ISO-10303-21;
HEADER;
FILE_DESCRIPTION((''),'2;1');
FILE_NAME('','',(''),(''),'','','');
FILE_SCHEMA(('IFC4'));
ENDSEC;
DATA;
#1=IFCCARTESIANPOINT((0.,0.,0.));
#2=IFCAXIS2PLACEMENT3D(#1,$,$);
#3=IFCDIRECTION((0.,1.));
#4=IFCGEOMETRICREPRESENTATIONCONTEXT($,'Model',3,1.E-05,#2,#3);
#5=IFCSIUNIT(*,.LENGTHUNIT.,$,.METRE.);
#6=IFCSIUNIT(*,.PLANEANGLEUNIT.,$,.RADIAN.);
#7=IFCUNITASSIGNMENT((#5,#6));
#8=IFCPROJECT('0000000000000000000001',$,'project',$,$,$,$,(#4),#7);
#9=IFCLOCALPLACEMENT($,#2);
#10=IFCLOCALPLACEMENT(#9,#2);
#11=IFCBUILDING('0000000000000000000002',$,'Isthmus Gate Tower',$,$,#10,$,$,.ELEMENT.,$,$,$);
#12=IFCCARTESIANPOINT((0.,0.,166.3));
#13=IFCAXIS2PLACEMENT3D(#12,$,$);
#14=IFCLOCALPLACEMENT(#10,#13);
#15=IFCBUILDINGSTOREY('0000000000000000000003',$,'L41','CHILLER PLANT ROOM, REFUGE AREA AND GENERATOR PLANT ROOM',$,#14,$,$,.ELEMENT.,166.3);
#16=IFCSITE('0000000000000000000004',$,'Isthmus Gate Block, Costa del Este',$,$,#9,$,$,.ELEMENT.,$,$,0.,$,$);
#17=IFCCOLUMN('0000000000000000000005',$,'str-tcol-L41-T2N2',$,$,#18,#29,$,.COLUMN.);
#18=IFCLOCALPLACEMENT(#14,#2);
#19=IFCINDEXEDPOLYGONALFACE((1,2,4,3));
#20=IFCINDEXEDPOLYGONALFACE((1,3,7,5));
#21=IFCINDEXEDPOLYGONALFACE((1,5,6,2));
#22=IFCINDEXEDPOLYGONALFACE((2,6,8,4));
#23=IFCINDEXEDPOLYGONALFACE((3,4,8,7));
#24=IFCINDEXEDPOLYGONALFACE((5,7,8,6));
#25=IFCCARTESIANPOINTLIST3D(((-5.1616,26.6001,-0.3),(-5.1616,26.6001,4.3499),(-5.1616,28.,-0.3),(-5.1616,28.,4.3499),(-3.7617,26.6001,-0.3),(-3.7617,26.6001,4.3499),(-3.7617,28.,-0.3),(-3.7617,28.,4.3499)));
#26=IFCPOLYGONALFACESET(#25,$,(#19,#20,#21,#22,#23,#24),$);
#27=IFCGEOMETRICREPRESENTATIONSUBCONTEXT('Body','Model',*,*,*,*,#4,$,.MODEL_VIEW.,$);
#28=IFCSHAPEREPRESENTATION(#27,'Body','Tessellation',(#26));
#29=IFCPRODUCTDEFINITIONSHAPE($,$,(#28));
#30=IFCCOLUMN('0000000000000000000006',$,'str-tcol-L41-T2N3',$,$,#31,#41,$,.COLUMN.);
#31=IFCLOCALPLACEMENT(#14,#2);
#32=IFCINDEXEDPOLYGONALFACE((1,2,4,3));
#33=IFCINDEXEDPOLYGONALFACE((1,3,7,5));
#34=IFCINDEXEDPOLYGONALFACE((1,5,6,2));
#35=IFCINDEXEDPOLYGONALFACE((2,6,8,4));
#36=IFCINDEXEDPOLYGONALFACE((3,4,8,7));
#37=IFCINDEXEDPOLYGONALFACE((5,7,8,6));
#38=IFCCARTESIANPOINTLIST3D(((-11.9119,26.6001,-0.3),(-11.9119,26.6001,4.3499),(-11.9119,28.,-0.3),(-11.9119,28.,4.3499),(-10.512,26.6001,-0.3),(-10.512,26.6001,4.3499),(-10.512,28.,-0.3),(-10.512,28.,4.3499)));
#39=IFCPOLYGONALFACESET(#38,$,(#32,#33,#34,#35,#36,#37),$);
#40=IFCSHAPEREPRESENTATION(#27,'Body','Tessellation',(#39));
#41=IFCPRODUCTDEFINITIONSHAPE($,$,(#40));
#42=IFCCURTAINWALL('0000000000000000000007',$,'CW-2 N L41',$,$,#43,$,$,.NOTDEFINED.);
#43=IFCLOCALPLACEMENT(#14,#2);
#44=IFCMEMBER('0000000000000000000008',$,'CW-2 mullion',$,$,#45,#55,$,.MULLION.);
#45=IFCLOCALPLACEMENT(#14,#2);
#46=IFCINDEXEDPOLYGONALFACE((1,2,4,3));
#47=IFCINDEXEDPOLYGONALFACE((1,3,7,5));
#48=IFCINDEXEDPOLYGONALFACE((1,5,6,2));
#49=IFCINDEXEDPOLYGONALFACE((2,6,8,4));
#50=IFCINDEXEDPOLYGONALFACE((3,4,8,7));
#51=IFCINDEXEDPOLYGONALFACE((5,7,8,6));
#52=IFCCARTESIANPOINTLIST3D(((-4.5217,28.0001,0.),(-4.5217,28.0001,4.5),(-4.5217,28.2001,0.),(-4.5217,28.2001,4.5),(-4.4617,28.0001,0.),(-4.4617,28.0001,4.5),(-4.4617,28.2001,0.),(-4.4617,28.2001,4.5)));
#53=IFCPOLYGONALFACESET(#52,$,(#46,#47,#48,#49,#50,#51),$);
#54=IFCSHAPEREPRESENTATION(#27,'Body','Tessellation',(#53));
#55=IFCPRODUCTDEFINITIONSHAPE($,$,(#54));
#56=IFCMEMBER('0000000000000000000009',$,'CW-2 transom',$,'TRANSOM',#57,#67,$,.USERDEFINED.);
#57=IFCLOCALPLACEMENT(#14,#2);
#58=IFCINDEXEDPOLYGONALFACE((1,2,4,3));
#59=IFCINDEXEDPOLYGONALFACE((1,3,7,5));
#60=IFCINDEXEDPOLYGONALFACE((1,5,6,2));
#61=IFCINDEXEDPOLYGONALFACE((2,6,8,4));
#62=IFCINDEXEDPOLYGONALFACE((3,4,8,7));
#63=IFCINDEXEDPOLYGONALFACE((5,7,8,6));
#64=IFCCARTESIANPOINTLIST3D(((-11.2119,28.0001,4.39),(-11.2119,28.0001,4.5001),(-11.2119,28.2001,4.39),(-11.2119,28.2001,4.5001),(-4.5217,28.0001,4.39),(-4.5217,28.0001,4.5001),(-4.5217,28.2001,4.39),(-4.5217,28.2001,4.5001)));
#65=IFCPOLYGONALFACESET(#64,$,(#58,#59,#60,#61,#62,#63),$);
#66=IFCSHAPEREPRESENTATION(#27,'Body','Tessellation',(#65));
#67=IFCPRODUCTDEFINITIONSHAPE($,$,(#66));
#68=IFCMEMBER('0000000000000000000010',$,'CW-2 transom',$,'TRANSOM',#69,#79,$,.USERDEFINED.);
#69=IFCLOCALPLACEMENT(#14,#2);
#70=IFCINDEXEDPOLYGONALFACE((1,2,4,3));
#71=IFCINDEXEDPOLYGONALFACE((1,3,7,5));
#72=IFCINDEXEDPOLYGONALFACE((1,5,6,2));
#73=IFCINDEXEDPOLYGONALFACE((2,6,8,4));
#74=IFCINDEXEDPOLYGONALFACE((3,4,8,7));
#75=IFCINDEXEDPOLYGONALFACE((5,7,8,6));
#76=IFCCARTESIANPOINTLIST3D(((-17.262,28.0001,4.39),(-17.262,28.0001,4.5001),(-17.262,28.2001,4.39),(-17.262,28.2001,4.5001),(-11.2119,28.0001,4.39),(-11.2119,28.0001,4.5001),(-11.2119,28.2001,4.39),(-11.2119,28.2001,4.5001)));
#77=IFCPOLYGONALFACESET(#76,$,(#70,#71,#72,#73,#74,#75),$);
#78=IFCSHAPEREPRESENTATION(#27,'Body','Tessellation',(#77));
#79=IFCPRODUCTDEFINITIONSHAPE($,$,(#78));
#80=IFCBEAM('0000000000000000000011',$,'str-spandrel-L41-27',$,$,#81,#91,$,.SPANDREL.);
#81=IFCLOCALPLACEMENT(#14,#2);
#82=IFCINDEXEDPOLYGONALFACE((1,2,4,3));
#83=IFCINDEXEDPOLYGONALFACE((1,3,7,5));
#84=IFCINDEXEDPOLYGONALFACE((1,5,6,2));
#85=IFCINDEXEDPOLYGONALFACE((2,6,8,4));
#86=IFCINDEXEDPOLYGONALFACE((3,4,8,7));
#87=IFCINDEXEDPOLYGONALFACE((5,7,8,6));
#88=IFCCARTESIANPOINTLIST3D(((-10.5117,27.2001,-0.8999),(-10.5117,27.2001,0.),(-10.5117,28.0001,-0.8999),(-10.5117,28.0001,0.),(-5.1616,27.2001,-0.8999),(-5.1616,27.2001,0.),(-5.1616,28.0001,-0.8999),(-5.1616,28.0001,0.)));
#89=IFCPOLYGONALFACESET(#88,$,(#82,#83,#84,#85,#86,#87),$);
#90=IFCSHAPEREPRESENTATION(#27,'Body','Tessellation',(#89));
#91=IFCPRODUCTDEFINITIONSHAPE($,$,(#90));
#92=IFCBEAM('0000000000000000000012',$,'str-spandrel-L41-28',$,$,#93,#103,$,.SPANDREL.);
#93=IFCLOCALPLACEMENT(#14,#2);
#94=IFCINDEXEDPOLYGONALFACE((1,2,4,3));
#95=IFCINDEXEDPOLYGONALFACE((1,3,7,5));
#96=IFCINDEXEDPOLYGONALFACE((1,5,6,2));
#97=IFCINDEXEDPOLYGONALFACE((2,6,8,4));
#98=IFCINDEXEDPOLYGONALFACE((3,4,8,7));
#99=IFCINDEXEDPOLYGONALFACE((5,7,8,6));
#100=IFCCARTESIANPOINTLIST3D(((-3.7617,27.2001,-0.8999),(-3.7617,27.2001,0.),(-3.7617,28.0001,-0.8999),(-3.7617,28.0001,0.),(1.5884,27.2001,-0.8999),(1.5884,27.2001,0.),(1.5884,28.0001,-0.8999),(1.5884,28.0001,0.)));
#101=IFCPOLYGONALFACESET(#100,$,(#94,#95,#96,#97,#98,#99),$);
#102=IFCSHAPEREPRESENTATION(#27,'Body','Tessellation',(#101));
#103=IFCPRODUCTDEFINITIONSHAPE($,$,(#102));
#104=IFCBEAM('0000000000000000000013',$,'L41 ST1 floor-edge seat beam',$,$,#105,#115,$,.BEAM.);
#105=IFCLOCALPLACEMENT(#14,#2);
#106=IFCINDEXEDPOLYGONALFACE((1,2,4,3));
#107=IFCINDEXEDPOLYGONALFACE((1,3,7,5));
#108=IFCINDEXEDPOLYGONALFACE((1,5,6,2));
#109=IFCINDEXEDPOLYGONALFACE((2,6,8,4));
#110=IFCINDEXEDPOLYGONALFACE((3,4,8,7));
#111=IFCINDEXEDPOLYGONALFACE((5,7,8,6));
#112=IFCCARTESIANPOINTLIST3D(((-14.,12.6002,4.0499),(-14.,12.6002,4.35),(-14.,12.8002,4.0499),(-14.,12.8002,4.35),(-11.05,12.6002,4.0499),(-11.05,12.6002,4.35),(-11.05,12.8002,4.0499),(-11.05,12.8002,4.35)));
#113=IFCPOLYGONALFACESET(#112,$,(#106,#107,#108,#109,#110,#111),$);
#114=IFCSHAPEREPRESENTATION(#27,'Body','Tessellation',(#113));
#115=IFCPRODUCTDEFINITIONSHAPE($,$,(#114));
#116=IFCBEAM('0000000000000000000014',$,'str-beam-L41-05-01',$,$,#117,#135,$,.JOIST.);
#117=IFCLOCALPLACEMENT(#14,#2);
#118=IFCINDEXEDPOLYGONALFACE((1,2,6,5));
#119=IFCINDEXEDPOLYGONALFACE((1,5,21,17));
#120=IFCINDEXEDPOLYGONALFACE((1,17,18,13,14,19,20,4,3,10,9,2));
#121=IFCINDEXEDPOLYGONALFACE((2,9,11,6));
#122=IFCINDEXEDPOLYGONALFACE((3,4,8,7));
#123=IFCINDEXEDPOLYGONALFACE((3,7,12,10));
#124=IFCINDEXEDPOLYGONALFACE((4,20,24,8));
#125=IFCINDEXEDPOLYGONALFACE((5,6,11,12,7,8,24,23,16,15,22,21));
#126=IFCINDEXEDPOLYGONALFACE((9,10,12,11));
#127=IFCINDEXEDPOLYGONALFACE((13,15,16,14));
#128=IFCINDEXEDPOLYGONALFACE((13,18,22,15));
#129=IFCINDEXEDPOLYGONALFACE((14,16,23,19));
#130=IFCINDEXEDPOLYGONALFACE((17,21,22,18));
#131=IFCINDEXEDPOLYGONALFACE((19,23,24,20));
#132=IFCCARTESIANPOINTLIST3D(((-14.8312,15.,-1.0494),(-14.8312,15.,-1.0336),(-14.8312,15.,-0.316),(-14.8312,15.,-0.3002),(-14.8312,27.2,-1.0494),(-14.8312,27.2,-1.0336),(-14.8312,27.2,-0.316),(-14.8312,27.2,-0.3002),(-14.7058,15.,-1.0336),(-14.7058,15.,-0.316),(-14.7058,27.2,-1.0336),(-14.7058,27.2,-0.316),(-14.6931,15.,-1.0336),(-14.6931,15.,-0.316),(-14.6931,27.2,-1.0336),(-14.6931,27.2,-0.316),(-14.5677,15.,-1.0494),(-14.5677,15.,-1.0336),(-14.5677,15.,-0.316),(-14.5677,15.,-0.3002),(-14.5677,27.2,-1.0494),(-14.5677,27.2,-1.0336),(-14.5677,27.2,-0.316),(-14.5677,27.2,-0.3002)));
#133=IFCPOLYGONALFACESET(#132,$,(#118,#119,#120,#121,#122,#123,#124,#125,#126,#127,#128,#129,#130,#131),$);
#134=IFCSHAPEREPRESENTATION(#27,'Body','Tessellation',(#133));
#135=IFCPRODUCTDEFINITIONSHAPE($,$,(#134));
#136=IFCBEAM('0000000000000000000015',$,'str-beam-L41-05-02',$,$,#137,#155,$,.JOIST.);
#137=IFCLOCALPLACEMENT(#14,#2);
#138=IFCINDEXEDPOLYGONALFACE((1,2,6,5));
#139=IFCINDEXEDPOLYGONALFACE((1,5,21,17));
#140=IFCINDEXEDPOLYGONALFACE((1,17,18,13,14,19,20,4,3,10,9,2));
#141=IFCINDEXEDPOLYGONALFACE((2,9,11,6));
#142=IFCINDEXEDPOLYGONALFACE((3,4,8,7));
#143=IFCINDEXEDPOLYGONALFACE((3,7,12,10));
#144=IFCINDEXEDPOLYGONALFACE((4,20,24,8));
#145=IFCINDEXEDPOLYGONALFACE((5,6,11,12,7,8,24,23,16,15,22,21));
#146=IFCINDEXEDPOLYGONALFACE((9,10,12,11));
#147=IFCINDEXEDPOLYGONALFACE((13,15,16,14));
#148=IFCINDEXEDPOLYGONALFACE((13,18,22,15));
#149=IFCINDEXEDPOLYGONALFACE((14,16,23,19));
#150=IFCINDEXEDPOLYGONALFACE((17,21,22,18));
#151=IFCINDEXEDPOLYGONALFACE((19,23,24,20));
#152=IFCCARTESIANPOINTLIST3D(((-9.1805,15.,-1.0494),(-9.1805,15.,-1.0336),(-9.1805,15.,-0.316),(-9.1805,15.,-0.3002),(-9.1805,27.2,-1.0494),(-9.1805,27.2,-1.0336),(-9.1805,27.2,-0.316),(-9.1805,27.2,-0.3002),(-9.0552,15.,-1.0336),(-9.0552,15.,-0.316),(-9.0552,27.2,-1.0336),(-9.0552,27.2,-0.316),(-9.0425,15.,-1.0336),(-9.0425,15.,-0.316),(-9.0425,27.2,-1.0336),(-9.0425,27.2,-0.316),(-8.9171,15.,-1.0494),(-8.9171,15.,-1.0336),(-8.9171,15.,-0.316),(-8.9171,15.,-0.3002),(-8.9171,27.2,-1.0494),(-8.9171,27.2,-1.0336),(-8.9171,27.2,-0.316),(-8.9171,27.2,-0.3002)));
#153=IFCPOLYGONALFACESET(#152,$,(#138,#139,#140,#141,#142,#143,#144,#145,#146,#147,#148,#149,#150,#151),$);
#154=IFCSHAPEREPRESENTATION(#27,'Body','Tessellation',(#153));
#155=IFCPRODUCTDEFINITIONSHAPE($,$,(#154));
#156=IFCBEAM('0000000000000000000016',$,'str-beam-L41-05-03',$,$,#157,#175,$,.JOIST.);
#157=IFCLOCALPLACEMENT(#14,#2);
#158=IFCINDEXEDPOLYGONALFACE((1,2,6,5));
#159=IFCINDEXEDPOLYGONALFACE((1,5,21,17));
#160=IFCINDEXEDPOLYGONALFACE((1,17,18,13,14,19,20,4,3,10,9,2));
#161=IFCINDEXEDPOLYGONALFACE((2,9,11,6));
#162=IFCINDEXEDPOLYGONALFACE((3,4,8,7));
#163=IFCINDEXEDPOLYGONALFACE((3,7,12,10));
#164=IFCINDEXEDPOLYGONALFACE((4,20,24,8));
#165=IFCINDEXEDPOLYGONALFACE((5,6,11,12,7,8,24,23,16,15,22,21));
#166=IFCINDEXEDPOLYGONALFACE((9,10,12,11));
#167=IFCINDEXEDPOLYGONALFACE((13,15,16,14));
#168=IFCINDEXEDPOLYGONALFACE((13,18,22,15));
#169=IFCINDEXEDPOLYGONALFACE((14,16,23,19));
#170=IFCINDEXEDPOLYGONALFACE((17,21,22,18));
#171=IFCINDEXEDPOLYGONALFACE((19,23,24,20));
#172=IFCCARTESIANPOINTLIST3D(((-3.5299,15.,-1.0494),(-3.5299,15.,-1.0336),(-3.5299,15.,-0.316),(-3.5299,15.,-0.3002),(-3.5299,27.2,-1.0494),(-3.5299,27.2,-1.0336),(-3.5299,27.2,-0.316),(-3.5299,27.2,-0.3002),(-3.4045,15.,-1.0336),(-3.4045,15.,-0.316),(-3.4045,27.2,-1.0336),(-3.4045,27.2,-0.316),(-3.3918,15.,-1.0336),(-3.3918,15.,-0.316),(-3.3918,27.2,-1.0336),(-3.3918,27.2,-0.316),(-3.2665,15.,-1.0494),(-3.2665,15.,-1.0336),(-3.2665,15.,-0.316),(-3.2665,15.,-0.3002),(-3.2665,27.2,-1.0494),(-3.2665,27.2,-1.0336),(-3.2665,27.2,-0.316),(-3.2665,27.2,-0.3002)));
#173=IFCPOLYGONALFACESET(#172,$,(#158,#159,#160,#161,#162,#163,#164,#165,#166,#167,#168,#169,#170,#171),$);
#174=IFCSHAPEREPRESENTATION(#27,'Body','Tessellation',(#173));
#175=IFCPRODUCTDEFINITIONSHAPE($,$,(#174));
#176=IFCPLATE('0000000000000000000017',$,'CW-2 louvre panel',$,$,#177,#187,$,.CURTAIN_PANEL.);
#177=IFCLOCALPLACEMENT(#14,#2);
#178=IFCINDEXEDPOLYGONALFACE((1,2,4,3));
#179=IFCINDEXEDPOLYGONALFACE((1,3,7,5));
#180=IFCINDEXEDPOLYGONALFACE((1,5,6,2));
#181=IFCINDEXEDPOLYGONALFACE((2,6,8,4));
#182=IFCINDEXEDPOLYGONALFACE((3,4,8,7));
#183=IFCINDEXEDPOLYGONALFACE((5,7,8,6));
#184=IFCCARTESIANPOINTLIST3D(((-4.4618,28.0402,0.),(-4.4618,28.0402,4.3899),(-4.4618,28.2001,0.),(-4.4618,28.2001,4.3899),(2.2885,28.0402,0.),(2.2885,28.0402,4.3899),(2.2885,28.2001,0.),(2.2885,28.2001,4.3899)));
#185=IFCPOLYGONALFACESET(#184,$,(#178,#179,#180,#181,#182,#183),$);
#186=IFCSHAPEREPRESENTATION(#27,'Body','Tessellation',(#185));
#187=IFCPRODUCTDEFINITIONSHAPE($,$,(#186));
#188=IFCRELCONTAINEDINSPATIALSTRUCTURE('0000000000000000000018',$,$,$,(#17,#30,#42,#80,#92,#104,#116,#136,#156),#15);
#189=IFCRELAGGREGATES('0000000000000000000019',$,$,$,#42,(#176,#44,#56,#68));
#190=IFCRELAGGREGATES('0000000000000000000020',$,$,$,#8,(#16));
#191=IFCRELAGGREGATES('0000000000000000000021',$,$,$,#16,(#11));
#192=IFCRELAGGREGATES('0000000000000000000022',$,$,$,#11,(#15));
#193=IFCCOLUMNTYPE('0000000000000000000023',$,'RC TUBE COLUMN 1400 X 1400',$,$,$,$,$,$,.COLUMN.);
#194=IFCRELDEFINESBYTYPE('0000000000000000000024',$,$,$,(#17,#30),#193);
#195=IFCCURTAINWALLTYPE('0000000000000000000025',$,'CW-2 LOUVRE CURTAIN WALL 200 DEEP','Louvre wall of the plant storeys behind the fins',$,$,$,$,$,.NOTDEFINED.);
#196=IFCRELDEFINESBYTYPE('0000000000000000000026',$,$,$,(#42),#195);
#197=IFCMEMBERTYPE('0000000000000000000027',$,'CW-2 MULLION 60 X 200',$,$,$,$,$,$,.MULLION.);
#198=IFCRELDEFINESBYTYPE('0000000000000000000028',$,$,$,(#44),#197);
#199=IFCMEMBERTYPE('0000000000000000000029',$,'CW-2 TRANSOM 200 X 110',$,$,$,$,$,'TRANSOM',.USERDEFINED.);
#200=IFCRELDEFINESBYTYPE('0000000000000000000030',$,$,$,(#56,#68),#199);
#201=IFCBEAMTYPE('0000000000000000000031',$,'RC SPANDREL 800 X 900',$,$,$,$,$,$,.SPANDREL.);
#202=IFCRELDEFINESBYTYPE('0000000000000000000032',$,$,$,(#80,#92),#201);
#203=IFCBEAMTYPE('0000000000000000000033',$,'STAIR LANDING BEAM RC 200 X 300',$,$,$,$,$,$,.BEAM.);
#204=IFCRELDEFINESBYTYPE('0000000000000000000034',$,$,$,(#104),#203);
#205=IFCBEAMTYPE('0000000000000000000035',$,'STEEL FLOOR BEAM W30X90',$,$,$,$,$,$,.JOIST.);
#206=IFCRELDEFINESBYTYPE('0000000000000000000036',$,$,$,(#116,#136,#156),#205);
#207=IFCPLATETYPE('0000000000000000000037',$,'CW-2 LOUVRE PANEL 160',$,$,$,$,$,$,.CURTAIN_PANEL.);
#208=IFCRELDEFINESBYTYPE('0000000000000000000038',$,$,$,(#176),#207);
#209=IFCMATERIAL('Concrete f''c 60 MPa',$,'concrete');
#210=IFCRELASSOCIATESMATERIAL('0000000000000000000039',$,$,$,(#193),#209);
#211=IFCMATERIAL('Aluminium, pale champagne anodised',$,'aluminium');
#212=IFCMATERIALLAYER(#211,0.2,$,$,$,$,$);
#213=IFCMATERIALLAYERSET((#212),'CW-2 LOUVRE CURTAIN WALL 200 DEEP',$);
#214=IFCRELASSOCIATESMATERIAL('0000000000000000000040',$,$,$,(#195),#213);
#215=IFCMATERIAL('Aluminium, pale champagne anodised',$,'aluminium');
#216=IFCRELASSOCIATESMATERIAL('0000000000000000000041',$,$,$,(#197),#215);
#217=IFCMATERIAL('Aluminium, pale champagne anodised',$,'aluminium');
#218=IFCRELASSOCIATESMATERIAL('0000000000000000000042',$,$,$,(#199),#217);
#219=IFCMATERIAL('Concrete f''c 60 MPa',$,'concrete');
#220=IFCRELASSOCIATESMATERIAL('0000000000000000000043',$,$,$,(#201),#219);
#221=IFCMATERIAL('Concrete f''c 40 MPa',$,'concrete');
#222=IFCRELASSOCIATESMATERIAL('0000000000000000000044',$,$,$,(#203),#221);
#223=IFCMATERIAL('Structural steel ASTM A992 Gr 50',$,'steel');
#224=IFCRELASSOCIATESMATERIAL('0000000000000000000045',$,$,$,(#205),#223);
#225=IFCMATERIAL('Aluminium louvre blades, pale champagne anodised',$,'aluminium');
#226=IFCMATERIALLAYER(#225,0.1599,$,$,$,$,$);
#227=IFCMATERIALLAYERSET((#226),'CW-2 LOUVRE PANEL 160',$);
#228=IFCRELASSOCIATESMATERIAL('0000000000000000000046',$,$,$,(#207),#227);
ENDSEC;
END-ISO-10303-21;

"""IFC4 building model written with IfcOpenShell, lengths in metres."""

from ifc_helpers import new_model, si_unit, direction, frame, origin, origin_2d, place, context, subcontext, project, spatial, rectangle, i_section, extrude, material, layer, layer_set, material_profile, profile_set, type_object, element, aggregate, save


model = new_model("IFC4")

# Units and contexts
model_context = context("Model", 3, precision=1e-05, world=origin(), true_north=direction((0.0, 1.0)))
body_context = subcontext(model_context, "Body", "Model", "MODEL_VIEW")
ifc_project = project(units=[si_unit("LENGTHUNIT", "METRE"), si_unit("PLANEANGLEUNIT", "RADIAN")], contexts=[model_context])

# Site, building, storey
site_placement = place(None, origin())
site = spatial("IfcSite", under=ifc_project, at=site_placement, Name="Isthmus Gate Block, Costa del Este", CompositionType="ELEMENT", RefElevation=0.0)
building_placement = place(site_placement, origin())
building = spatial("IfcBuilding", under=site, at=building_placement, Name="Isthmus Gate Tower", CompositionType="ELEMENT")
storey_placement = place(building_placement, frame((0.0, 0.0, 166.3)))
storey = spatial("IfcBuildingStorey", under=building, at=storey_placement, Name="L41", Description="CHILLER PLANT ROOM, REFUGE AREA AND GENERATOR PLANT ROOM", CompositionType="ELEMENT", Elevation=166.3)

# Columns
ifc_material_1 = material(Name="Concrete f'c 60 MPa", Category="concrete")
ifc_material_profile_1 = material_profile(ifc_material_1, rectangle(XDim=1.3999, YDim=1.3999, at=origin_2d()), Name="RC 1400X1400")
ifc_profile_set_1 = profile_set([ifc_material_profile_1], Name="Concrete f'c 60 MPa")
column_type = type_object("IfcColumnType", Name="RC TUBE COLUMN 1400 X 1400", PredefinedType="COLUMN", material=ifc_profile_set_1)
for number, where, z_axis, x_axis, name in (
    (1, (-4.4617, 27.3, -0.3), (0.0, 0.0, 1.0), (-1.0, 0.0, 0.0), "str-tcol-L41-T2N2"),
    (2, (-11.2119, 27.3, -0.3), (0.0, 0.0, 1.0), (-1.0, 0.0, 0.0), "str-tcol-L41-T2N3"),
):
    element("IfcColumn", number, at=place(storey_placement, frame(where, z_axis=z_axis, x_axis=x_axis)), inside=storey, type_object=column_type, Name=name, PredefinedType="COLUMN", context=body_context, shape_type="SweptSolid", body=[
        extrude(rectangle(XDim=1.3999, YDim=1.3999, at=origin_2d()), origin(), (0.0, 0.0, 1.0), 4.6499),
    ])

# Curtain wall, members
ifc_material_2 = material(Name="Aluminium, pale champagne anodised", Category="aluminium")
ifc_layer_1 = layer(ifc_material_2, 0.2)
ifc_layer_set_1 = layer_set([ifc_layer_1], Name="CW-2 LOUVRE CURTAIN WALL 200 DEEP")
curtain_wall_type = type_object("IfcCurtainWallType", Name="CW-2 LOUVRE CURTAIN WALL 200 DEEP", Description="Louvre wall of the plant storeys behind the fins", PredefinedType="NOTDEFINED", material=ifc_layer_set_1)
curtain_wall_placement = place(storey_placement, origin())
curtain_wall = element("IfcCurtainWall", 3, at=curtain_wall_placement, inside=storey, type_object=curtain_wall_type, Name="CW-2 N L41", PredefinedType="NOTDEFINED")
ifc_material_3 = material(Name="Aluminium, pale champagne anodised", Category="aluminium")
ifc_material_profile_2 = material_profile(ifc_material_3, rectangle(XDim=0.0601, YDim=0.2, at=origin_2d()), Name="60x200")
ifc_profile_set_2 = profile_set([ifc_material_profile_2], Name="Aluminium, pale champagne anodised")
member_type_1 = type_object("IfcMemberType", Name="CW-2 MULLION 60 X 200", PredefinedType="MULLION", material=ifc_profile_set_2)
member_1_placement = place(storey_placement, frame((-4.4917, 28.1001, 0.0), z_axis=(0.0, 0.0, 1.0), x_axis=(-1.0, 0.0, 0.0)))
member_1 = element("IfcMember", 4, at=member_1_placement, type_object=member_type_1, Name="CW-2 mullion", PredefinedType="MULLION", context=body_context, shape_type="SweptSolid", body=[
    extrude(rectangle(XDim=0.0601, YDim=0.2, at=origin_2d()), origin(), (0.0, 0.0, 1.0), 4.5),
])
ifc_material_4 = material(Name="Aluminium, pale champagne anodised", Category="aluminium")
ifc_material_profile_3 = material_profile(ifc_material_4, rectangle(XDim=0.2, YDim=0.1101, at=origin_2d()), Name="200x110")
ifc_profile_set_3 = profile_set([ifc_material_profile_3], Name="Aluminium, pale champagne anodised")
member_type_2 = type_object("IfcMemberType", Name="CW-2 TRANSOM 200 X 110", ElementType="TRANSOM", PredefinedType="USERDEFINED", material=ifc_profile_set_3)
member_2_placement = place(storey_placement, frame((-4.5217, 28.1001, 4.4451), z_axis=(-1.0, 0.0, 0.0), x_axis=(0.0, -1.0, 0.0)))
member_2 = element("IfcMember", 5, at=member_2_placement, type_object=member_type_2, Name="CW-2 transom", ObjectType="TRANSOM", PredefinedType="USERDEFINED", context=body_context, shape_type="SweptSolid", body=[
    extrude(rectangle(XDim=0.2, YDim=0.1101, at=origin_2d()), origin(), (0.0, 0.0, 1.0), 6.6902),
])
member_3_placement = place(storey_placement, frame((-11.2119, 28.1001, 4.4451), z_axis=(-1.0, 0.0, 0.0), x_axis=(0.0, -1.0, 0.0)))
member_3 = element("IfcMember", 6, at=member_3_placement, type_object=member_type_2, Name="CW-2 transom", ObjectType="TRANSOM", PredefinedType="USERDEFINED", context=body_context, shape_type="SweptSolid", body=[
    extrude(rectangle(XDim=0.2, YDim=0.1101, at=origin_2d()), origin(), (0.0, 0.0, 1.0), 6.05),
])

# Beams
ifc_material_5 = material(Name="Concrete f'c 60 MPa", Category="concrete")
ifc_material_profile_4 = material_profile(ifc_material_5, rectangle(XDim=0.8, YDim=0.8999, at=origin_2d()), Name="RC 800X900")
ifc_profile_set_4 = profile_set([ifc_material_profile_4], Name="Concrete f'c 60 MPa")
beam_type_1 = type_object("IfcBeamType", Name="RC SPANDREL 800 X 900", PredefinedType="SPANDREL", material=ifc_profile_set_4)
for number, where, z_axis, x_axis, name in (
    (7, (-10.5117, 27.6001, -0.45), (1.0, 0.0, 0.0), (0.0, 1.0, 0.0), "str-spandrel-L41-27"),
    (8, (-3.7617, 27.6001, -0.45), (1.0, 0.0, 0.0), (0.0, 1.0, 0.0), "str-spandrel-L41-28"),
):
    element("IfcBeam", number, at=place(storey_placement, frame(where, z_axis=z_axis, x_axis=x_axis)), inside=storey, type_object=beam_type_1, Name=name, PredefinedType="SPANDREL", context=body_context, shape_type="SweptSolid", body=[
        extrude(rectangle(XDim=0.8, YDim=0.8999, at=origin_2d()), origin(), (0.0, 0.0, 1.0), 5.3501),
    ])
ifc_material_6 = material(Name="Concrete f'c 40 MPa", Category="concrete")
ifc_material_profile_5 = material_profile(ifc_material_6, rectangle(XDim=0.2, YDim=0.3, at=origin_2d()), Name="STAIR LANDING BEAM RC 200 X 300")
ifc_profile_set_5 = profile_set([ifc_material_profile_5], Name="Concrete f'c 40 MPa")
beam_type_2 = type_object("IfcBeamType", Name="STAIR LANDING BEAM RC 200 X 300", PredefinedType="BEAM", material=ifc_profile_set_5)
beam_placement = place(storey_placement, frame((-14.0, 12.7002, 4.2), z_axis=(1.0, 0.0, 0.0), x_axis=(0.0, 1.0, 0.0)))
element("IfcBeam", 9, at=beam_placement, inside=storey, type_object=beam_type_2, Name="L41 ST1 floor-edge seat beam", PredefinedType="BEAM", context=body_context, shape_type="SweptSolid", body=[
    extrude(rectangle(XDim=0.2, YDim=0.3, at=origin_2d()), origin(), (0.0, 0.0, 1.0), 2.95),
])
ifc_material_7 = material(Name="Structural steel ASTM A992 Gr 50", Category="steel")
ifc_material_profile_6 = material_profile(ifc_material_7, i_section(OverallWidth=0.2634, OverallDepth=0.7493, WebThickness=0.0127, FlangeThickness=0.0159, at=origin_2d()), Name="W30X90")
ifc_profile_set_6 = profile_set([ifc_material_profile_6], Name="Structural steel ASTM A992 Gr 50")
beam_type_3 = type_object("IfcBeamType", Name="STEEL FLOOR BEAM W30X90", PredefinedType="JOIST", material=ifc_profile_set_6)
for number, where, z_axis, x_axis, name in (
    (10, (-14.6995, 15.0, -0.6748), (0.0, 1.0, 0.0), (-1.0, 0.0, 0.0), "str-beam-L41-05-01"),
    (11, (-9.0488, 15.0, -0.6748), (0.0, 1.0, 0.0), (-1.0, 0.0, 0.0), "str-beam-L41-05-02"),
    (12, (-3.3982, 15.0, -0.6748), (0.0, 1.0, 0.0), (-1.0, 0.0, 0.0), "str-beam-L41-05-03"),
):
    element("IfcBeam", number, at=place(storey_placement, frame(where, z_axis=z_axis, x_axis=x_axis)), inside=storey, type_object=beam_type_3, Name=name, PredefinedType="JOIST", context=body_context, shape_type="SweptSolid", body=[
        extrude(i_section(OverallWidth=0.2634, OverallDepth=0.7493, WebThickness=0.0127, FlangeThickness=0.0159, at=origin_2d()), origin(), (0.0, 0.0, 1.0), 12.2),
    ])

# Plate
ifc_material_8 = material(Name="Aluminium louvre blades, pale champagne anodised", Category="aluminium")
ifc_layer_2 = layer(ifc_material_8, 0.1599)
ifc_layer_set_2 = layer_set([ifc_layer_2], Name="CW-2 LOUVRE PANEL 160")
plate_type = type_object("IfcPlateType", Name="CW-2 LOUVRE PANEL 160", PredefinedType="CURTAIN_PANEL", material=ifc_layer_set_2)
plate_1_placement = place(storey_placement, frame((-1.0867, 28.1201, 0.0), z_axis=(0.0, 0.0, 1.0), x_axis=(-1.0, 0.0, 0.0)))
plate_1 = element("IfcPlate", 13, at=plate_1_placement, type_object=plate_type, Name="CW-2 louvre panel", PredefinedType="CURTAIN_PANEL", context=body_context, shape_type="SweptSolid", body=[
    extrude(rectangle(XDim=6.7502, YDim=0.1599, at=origin_2d()), origin(), (0.0, 0.0, 1.0), 4.3899),
])
aggregate(curtain_wall, [plate_1, member_1, member_2, member_3])

save(model, "model.ifc")
